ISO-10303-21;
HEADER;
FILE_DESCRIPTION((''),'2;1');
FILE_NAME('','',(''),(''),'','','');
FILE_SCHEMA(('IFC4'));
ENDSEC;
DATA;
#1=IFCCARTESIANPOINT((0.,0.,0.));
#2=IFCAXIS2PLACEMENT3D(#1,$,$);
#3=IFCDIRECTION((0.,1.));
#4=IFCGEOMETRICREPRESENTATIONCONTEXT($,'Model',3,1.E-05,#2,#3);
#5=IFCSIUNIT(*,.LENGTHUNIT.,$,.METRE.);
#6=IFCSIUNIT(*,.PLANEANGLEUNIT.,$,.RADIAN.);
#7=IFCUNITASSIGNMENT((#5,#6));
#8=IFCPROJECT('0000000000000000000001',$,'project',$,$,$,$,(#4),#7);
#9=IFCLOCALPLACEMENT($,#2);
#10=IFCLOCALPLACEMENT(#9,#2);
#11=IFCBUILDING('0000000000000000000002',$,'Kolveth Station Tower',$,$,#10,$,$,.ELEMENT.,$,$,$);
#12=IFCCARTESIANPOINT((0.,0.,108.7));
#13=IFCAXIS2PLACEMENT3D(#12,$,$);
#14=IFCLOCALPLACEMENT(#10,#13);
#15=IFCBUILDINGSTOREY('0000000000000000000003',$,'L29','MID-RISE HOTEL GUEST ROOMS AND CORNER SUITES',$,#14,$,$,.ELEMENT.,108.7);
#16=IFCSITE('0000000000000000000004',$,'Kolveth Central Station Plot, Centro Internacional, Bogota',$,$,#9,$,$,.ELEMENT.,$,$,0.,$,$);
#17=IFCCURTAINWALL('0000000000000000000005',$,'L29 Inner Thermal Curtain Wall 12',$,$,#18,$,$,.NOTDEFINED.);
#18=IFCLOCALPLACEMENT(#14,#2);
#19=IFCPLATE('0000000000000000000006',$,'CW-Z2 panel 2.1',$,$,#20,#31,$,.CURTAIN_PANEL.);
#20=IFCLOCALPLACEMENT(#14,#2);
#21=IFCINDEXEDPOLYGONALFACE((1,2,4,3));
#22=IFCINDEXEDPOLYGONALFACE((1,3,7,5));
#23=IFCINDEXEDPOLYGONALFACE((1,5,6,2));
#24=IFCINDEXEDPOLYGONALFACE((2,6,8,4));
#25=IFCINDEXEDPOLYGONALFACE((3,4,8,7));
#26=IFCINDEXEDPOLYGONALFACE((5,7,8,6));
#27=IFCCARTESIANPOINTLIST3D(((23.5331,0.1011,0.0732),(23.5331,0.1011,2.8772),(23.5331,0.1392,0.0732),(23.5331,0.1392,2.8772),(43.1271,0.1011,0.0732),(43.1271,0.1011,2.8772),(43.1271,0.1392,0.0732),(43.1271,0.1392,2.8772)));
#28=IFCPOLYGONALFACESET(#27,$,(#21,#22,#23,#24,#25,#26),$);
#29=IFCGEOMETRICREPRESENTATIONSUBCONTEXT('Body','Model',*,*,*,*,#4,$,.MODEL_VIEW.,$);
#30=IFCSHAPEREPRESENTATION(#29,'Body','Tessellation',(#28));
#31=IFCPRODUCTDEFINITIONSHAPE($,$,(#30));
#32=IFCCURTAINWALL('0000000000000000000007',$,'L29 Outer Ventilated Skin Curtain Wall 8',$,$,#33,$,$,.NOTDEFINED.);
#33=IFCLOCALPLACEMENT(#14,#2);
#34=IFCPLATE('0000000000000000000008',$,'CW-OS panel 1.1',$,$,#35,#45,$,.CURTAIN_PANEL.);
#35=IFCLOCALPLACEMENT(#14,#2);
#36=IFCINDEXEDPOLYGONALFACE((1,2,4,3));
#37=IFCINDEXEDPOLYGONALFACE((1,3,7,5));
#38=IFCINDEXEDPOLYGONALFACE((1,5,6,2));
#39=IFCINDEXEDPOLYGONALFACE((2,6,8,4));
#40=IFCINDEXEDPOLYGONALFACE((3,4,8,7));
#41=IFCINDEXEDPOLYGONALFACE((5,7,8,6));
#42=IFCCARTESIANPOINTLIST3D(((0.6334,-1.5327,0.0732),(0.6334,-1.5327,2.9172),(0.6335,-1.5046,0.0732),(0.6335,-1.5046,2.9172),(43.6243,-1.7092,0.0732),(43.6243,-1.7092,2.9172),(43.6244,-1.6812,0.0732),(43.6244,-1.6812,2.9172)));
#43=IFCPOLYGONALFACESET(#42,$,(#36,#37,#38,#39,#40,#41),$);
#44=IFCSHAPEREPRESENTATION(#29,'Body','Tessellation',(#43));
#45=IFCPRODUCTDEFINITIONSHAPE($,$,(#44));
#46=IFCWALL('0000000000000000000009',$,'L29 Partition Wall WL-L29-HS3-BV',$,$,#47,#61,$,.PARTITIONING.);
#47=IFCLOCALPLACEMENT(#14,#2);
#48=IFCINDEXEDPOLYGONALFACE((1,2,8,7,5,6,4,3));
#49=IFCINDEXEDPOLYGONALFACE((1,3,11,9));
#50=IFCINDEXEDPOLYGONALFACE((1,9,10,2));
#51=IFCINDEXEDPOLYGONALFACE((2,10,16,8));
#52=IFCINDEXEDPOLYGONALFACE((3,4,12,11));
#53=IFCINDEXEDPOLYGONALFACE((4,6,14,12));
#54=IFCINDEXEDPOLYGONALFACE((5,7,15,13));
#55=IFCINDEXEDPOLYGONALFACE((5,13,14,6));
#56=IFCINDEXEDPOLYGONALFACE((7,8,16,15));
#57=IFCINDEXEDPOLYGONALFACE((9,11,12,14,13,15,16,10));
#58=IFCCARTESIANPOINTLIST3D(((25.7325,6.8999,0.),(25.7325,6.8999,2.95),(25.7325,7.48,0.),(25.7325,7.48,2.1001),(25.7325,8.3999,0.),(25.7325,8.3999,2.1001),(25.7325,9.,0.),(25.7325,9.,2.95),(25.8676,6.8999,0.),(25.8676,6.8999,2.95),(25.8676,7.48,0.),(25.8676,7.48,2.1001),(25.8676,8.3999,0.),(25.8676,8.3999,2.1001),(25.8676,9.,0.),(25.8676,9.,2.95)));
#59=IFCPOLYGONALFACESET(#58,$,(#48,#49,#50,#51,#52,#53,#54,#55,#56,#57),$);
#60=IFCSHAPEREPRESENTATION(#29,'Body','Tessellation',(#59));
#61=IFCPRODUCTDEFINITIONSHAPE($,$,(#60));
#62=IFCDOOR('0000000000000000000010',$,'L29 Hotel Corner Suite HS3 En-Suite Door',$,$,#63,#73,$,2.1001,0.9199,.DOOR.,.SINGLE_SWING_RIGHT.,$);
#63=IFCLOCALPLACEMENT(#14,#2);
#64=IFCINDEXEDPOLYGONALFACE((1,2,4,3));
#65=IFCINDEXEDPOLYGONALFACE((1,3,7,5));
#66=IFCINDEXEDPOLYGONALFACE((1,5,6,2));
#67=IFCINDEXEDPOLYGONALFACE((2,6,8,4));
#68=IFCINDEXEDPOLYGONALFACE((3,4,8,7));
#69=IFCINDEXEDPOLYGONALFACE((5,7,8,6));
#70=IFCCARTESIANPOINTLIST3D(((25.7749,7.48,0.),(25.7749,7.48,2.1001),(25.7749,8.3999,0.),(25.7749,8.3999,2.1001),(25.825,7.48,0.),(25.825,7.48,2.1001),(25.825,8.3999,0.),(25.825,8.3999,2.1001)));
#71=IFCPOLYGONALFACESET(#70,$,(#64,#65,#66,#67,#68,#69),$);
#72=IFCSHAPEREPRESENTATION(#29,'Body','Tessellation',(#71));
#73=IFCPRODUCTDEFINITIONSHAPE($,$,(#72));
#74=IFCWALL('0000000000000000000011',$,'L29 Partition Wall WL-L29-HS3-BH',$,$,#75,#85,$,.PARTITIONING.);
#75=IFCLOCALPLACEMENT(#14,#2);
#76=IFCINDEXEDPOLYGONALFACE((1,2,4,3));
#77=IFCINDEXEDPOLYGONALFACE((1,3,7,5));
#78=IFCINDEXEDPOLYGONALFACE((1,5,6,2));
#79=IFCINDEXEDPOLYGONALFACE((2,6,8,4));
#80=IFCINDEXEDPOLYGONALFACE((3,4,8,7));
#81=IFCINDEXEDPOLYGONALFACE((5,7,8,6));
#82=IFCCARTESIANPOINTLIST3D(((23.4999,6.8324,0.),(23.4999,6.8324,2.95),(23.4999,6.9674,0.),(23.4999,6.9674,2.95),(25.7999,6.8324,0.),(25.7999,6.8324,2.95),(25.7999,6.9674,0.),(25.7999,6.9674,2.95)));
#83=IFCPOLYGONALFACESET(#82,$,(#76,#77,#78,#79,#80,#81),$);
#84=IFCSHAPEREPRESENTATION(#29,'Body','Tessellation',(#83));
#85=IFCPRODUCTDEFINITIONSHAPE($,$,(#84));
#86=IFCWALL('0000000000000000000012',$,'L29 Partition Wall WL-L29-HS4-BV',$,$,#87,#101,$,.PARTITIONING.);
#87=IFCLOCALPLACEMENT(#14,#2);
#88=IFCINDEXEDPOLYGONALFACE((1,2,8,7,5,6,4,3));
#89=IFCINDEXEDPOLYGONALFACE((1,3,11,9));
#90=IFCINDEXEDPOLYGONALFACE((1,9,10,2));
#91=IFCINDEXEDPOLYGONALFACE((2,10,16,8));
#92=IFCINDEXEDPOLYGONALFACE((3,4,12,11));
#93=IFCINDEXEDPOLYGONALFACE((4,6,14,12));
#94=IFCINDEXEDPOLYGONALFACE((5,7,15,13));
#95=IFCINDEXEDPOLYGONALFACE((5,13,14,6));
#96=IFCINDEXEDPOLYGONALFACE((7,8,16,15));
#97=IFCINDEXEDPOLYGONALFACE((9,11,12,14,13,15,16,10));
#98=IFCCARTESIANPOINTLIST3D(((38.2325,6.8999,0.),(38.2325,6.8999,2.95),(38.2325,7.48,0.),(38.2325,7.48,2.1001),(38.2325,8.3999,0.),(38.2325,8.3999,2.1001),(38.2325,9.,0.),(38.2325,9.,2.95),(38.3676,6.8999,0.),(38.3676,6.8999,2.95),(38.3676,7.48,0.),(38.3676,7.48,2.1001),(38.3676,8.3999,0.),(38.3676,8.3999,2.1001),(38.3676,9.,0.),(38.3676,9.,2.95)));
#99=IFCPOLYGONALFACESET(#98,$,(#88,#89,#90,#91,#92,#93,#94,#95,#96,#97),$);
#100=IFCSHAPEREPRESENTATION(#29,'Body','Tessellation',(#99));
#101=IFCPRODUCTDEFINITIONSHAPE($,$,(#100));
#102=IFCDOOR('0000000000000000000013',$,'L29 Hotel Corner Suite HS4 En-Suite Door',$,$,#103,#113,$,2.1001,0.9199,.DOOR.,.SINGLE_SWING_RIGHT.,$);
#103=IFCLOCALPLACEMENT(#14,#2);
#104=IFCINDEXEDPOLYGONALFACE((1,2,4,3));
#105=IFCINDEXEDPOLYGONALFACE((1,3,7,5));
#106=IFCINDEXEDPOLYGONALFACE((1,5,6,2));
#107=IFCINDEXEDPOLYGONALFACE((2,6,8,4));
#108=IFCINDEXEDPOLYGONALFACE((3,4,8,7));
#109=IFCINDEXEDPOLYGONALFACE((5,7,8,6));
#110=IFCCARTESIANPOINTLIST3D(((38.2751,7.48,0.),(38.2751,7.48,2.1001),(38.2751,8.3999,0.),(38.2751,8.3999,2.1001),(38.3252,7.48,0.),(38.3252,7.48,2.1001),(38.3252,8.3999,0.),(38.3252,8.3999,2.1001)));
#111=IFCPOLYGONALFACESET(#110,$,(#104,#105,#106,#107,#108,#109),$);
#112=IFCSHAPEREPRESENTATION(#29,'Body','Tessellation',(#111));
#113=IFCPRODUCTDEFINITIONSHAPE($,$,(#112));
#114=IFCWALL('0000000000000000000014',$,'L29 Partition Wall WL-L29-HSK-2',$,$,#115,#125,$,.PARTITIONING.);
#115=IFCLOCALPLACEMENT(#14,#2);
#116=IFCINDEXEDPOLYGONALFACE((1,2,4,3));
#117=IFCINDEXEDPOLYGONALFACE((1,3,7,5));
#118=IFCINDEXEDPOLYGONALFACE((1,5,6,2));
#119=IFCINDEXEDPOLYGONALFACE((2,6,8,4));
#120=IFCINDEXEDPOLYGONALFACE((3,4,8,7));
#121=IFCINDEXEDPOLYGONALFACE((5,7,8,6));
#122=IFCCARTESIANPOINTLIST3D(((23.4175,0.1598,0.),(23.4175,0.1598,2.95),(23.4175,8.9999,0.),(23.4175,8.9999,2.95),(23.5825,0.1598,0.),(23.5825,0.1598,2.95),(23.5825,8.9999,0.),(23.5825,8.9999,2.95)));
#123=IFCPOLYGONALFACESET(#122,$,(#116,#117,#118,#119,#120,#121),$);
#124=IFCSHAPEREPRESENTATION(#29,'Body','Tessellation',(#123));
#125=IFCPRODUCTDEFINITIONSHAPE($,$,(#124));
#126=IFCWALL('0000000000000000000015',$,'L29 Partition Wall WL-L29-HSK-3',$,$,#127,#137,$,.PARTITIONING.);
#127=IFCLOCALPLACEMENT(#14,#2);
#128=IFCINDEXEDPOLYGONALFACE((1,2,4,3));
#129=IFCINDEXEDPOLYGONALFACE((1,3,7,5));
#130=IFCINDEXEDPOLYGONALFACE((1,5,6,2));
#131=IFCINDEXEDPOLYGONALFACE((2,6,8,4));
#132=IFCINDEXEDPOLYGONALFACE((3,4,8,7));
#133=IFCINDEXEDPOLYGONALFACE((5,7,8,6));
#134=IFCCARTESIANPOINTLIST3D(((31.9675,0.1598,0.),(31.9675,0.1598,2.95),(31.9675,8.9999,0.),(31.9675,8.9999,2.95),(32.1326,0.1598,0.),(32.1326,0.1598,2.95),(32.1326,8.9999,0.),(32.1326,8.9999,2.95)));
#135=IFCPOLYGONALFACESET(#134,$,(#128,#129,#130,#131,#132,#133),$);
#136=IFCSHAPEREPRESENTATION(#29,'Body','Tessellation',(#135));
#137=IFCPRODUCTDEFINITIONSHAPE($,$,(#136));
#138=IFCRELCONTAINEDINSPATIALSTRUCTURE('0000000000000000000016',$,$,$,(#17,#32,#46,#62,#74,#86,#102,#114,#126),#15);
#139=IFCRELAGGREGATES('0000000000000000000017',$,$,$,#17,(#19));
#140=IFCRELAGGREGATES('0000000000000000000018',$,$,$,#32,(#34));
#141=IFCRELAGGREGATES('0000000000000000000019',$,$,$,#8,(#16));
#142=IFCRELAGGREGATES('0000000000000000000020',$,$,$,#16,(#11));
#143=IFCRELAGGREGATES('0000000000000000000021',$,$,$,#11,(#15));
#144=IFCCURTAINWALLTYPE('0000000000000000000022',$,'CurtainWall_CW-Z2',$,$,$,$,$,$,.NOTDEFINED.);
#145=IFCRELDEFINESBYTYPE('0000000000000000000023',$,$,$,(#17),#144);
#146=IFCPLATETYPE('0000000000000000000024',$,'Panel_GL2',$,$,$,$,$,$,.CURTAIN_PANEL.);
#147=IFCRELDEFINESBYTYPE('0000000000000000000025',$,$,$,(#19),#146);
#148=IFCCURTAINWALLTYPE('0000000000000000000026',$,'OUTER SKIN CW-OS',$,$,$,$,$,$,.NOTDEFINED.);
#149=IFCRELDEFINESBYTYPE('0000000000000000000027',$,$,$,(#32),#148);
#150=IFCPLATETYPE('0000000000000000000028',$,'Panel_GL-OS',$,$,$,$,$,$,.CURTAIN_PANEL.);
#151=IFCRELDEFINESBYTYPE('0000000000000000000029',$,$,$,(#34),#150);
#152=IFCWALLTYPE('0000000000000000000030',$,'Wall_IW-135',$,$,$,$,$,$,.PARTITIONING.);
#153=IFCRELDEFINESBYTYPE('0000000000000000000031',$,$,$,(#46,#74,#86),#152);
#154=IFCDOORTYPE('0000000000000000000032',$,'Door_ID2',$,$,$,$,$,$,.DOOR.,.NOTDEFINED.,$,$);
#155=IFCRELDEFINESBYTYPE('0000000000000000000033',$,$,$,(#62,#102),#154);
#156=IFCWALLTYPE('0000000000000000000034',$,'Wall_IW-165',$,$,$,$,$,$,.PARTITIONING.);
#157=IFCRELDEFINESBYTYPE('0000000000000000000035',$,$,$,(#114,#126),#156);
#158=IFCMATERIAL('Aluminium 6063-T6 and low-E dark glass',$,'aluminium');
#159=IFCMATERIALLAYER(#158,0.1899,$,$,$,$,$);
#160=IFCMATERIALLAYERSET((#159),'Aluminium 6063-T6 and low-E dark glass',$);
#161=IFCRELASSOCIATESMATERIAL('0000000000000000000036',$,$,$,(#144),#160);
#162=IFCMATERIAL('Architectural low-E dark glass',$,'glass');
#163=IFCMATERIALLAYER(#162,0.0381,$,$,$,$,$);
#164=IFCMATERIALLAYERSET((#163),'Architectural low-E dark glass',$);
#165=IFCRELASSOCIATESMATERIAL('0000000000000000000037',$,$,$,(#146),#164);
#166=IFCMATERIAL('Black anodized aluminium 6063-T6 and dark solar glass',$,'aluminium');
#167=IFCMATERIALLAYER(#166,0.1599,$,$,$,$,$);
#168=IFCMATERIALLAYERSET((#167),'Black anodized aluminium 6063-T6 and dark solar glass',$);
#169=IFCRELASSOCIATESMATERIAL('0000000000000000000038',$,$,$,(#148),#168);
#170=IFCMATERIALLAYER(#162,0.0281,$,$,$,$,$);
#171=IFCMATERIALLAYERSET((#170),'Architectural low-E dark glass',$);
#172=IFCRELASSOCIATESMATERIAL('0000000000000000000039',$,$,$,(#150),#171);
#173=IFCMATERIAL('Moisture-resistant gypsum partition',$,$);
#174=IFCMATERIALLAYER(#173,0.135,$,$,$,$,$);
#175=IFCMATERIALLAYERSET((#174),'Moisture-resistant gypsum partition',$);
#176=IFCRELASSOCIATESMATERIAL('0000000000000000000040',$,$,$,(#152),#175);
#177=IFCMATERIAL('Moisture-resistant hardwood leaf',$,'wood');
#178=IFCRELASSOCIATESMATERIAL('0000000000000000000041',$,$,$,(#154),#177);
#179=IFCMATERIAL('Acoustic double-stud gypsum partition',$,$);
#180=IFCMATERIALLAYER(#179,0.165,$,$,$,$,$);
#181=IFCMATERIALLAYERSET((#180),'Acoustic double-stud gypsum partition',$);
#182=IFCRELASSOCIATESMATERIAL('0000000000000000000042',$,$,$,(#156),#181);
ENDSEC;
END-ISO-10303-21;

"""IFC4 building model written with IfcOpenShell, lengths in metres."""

from ifc_helpers import new_model, si_unit, direction, frame, frame_2d, origin, origin_2d, place, context, subcontext, project, spatial, rectangle, extrude, source, transform, mapped, material, layer, layer_set, type_object, element, fill, aggregate, save


model = new_model("IFC4")

# Units and contexts
model_context = context("Model", 3, precision=1e-05, world=origin(), true_north=direction((0.0, 1.0)))
body_context = subcontext(model_context, "Body", "Model", "MODEL_VIEW")
ifc_project = project(units=[si_unit("LENGTHUNIT", "METRE"), si_unit("PLANEANGLEUNIT", "RADIAN")], contexts=[model_context])

# Site, building, storey
site_placement = place(None, origin())
site = spatial("IfcSite", under=ifc_project, at=site_placement, Name="Kolveth Central Station Plot, Centro Internacional, Bogota", CompositionType="ELEMENT", RefElevation=0.0)
building_placement = place(site_placement, origin())
building = spatial("IfcBuilding", under=site, at=building_placement, Name="Kolveth Station Tower", CompositionType="ELEMENT")
storey_placement = place(building_placement, frame((0.0, 0.0, 108.7)))
storey = spatial("IfcBuildingStorey", under=building, at=storey_placement, Name="L29", Description="MID-RISE HOTEL GUEST ROOMS AND CORNER SUITES", CompositionType="ELEMENT", Elevation=108.7)

# Curtain wall, plate
ifc_material_1 = material(Name="Aluminium 6063-T6 and low-E dark glass", Category="aluminium")
ifc_layer_1 = layer(ifc_material_1, 0.1899)
ifc_layer_set_1 = layer_set([ifc_layer_1], Name="Aluminium 6063-T6 and low-E dark glass")
curtain_wall_type_1 = type_object("IfcCurtainWallType", Name="CurtainWall_CW-Z2", PredefinedType="NOTDEFINED", material=ifc_layer_set_1)
curtain_wall_1_placement = place(storey_placement, origin())
curtain_wall_1 = element("IfcCurtainWall", 1, at=curtain_wall_1_placement, inside=storey, type_object=curtain_wall_type_1, Name="L29 Inner Thermal Curtain Wall 12", PredefinedType="NOTDEFINED")
ifc_material_2 = material(Name="Architectural low-E dark glass", Category="glass")
ifc_layer_2 = layer(ifc_material_2, 0.0381)
ifc_layer_set_2 = layer_set([ifc_layer_2], Name="Architectural low-E dark glass")
plate_type_1 = type_object("IfcPlateType", Name="Panel_GL2", PredefinedType="CURTAIN_PANEL", material=ifc_layer_set_2)
shared_shape_1 = source(origin(), body_context, "Body", "SweptSolid", [
    extrude(rectangle(XDim=19.594, YDim=0.0381, at=origin_2d()), origin(), (0.0, 0.0, 1.0), 2.804),
])
plate_1_placement = place(storey_placement, frame((33.3301, 0.1201, 0.0732), z_axis=(0.0, 0.0, 1.0), x_axis=(1.0, 0.0, 0.0)))
plate_1 = element("IfcPlate", 2, at=plate_1_placement, type_object=plate_type_1, Name="CW-Z2 panel 2.1", PredefinedType="CURTAIN_PANEL", context=body_context, shape_type="MappedRepresentation", body=[
    mapped(shared_shape_1, transform((0.0, 0.0, 0.0), x_axis=(1.0, 0.0, 0.0), y_axis=(0.0, 1.0, 0.0), z_axis=(0.0, 0.0, 1.0), scale=1.0)),
])
aggregate(curtain_wall_1, [plate_1])

# Curtain wall, plate
ifc_material_3 = material(Name="Black anodized aluminium 6063-T6 and dark solar glass", Category="aluminium")
ifc_layer_3 = layer(ifc_material_3, 0.1599)
ifc_layer_set_3 = layer_set([ifc_layer_3], Name="Black anodized aluminium 6063-T6 and dark solar glass")
curtain_wall_type_2 = type_object("IfcCurtainWallType", Name="OUTER SKIN CW-OS", PredefinedType="NOTDEFINED", material=ifc_layer_set_3)
curtain_wall_2_placement = place(storey_placement, origin())
curtain_wall_2 = element("IfcCurtainWall", 3, at=curtain_wall_2_placement, inside=storey, type_object=curtain_wall_type_2, Name="L29 Outer Ventilated Skin Curtain Wall 8", PredefinedType="NOTDEFINED")
ifc_layer_4 = layer(ifc_material_2, 0.0281)
ifc_layer_set_4 = layer_set([ifc_layer_4], Name="Architectural low-E dark glass")
plate_type_2 = type_object("IfcPlateType", Name="Panel_GL-OS", PredefinedType="CURTAIN_PANEL", material=ifc_layer_set_4)
shared_shape_2 = source(origin(), body_context, "Body", "SweptSolid", [
    extrude(rectangle(XDim=42.9912, YDim=0.0281, at=origin_2d()), origin(), (0.0, 0.0, 1.0), 2.844),
])
plate_2_placement = place(storey_placement, frame((22.1289, -1.6069, 0.0732), z_axis=(0.0, 0.0, 1.0), x_axis=(0.999992, -0.004106, 0.0)))
plate_2 = element("IfcPlate", 4, at=plate_2_placement, type_object=plate_type_2, Name="CW-OS panel 1.1", PredefinedType="CURTAIN_PANEL", context=body_context, shape_type="MappedRepresentation", body=[
    mapped(shared_shape_2, transform((0.0, 0.0, 0.0), x_axis=(1.0, 0.0, 0.0), y_axis=(0.0, 1.0, 0.0), z_axis=(0.0, 0.0, 1.0), scale=1.0)),
])
aggregate(curtain_wall_2, [plate_2])

# Wall, opening, door
ifc_material_4 = material(Name="Moisture-resistant gypsum partition")
ifc_layer_5 = layer(ifc_material_4, 0.135)
ifc_layer_set_5 = layer_set([ifc_layer_5], Name="Moisture-resistant gypsum partition")
wall_type_1 = type_object("IfcWallType", Name="Wall_IW-135", PredefinedType="PARTITIONING", material=ifc_layer_set_5)
wall_1_placement = place(storey_placement, frame((25.8, 6.8999, 0.0), z_axis=(0.0, 0.0, 1.0), x_axis=(0.0, 1.0, 0.0)))
wall_1 = element("IfcWall", 5, at=wall_1_placement, inside=storey, type_object=wall_type_1, Name="L29 Partition Wall WL-L29-HS3-BV", PredefinedType="PARTITIONING", context=body_context, shape_type="SweptSolid", body=[
    extrude(rectangle(XDim=2.1001, YDim=0.135, at=frame_2d((1.05, 0.0))), origin(), (0.0, 0.0, 1.0), 2.95),
])
opening_1_placement = place(wall_1_placement, frame((0.5801, 0.0, 0.0)))
opening_1 = element("IfcOpeningElement", 6, at=opening_1_placement, cuts=wall_1, PredefinedType="OPENING", context=body_context, shape_type="SweptSolid", body=[
    extrude(rectangle(XDim=0.9199, YDim=2.1001, at=frame_2d((0.46, 1.05))), frame((0.0, 0.0774, 0.0), z_axis=(0.0, -1.0, 0.0), x_axis=(1.0, 0.0, 0.0)), (0.0, 0.0, 1.0), 0.155),
])
ifc_material_5 = material(Name="Moisture-resistant hardwood leaf", Category="wood")
door_type = type_object("IfcDoorType", Name="Door_ID2", OperationType="NOTDEFINED", PredefinedType="DOOR", material=ifc_material_5)
door_1_placement = place(opening_1_placement, frame((0.9199, 0.0, 0.0), z_axis=(0.0, 0.0, 1.0), x_axis=(-1.0, 0.0, 0.0)))
door_1 = element("IfcDoor", 7, at=door_1_placement, inside=storey, type_object=door_type, Name="L29 Hotel Corner Suite HS3 En-Suite Door", OperationType="SINGLE_SWING_RIGHT", OverallHeight=2.1001, OverallWidth=0.9199, PredefinedType="DOOR", context=body_context, shape_type="SweptSolid", body=[
    extrude(rectangle(XDim=0.9199, YDim=2.1001, at=frame_2d((0.46, 1.05))), frame((0.0, 0.0249, 0.0), z_axis=(0.0, -1.0, 0.0), x_axis=(1.0, 0.0, 0.0)), (0.0, 0.0, 1.0), 0.05),
])
fill(opening_1, door_1)

# Wall
wall_2_placement = place(storey_placement, frame((23.5, 6.8999, 0.0), z_axis=(0.0, 0.0, 1.0), x_axis=(1.0, 0.0, 0.0)))
element("IfcWall", 8, at=wall_2_placement, inside=storey, type_object=wall_type_1, Name="L29 Partition Wall WL-L29-HS3-BH", PredefinedType="PARTITIONING", context=body_context, shape_type="SweptSolid", body=[
    extrude(rectangle(XDim=2.3, YDim=0.135, at=frame_2d((1.1499, 0.0))), origin(), (0.0, 0.0, 1.0), 2.95),
])

# Wall, opening, door
wall_3_placement = place(storey_placement, frame((38.3, 6.8999, 0.0), z_axis=(0.0, 0.0, 1.0), x_axis=(0.0, 1.0, 0.0)))
wall_3 = element("IfcWall", 9, at=wall_3_placement, inside=storey, type_object=wall_type_1, Name="L29 Partition Wall WL-L29-HS4-BV", PredefinedType="PARTITIONING", context=body_context, shape_type="SweptSolid", body=[
    extrude(rectangle(XDim=2.1001, YDim=0.135, at=frame_2d((1.05, 0.0))), origin(), (0.0, 0.0, 1.0), 2.95),
])
opening_2_placement = place(wall_3_placement, frame((0.5801, 0.0, 0.0)))
opening_2 = element("IfcOpeningElement", 10, at=opening_2_placement, cuts=wall_3, PredefinedType="OPENING", context=body_context, shape_type="SweptSolid", body=[
    extrude(rectangle(XDim=0.9199, YDim=2.1001, at=frame_2d((0.46, 1.05))), frame((0.0, 0.0774, 0.0), z_axis=(0.0, -1.0, 0.0), x_axis=(1.0, 0.0, 0.0)), (0.0, 0.0, 1.0), 0.155),
])
door_2_placement = place(opening_2_placement, origin())
door_2 = element("IfcDoor", 11, at=door_2_placement, inside=storey, type_object=door_type, Name="L29 Hotel Corner Suite HS4 En-Suite Door", OperationType="SINGLE_SWING_RIGHT", OverallHeight=2.1001, OverallWidth=0.9199, PredefinedType="DOOR", context=body_context, shape_type="SweptSolid", body=[
    extrude(rectangle(XDim=0.9199, YDim=2.1001, at=frame_2d((0.46, 1.05))), frame((0.0, 0.0249, 0.0), z_axis=(0.0, -1.0, 0.0), x_axis=(1.0, 0.0, 0.0)), (0.0, 0.0, 1.0), 0.05),
])
fill(opening_2, door_2)

# Walls
ifc_material_6 = material(Name="Acoustic double-stud gypsum partition")
ifc_layer_6 = layer(ifc_material_6, 0.165)
ifc_layer_set_6 = layer_set([ifc_layer_6], Name="Acoustic double-stud gypsum partition")
wall_type_2 = type_object("IfcWallType", Name="Wall_IW-165", PredefinedType="PARTITIONING", material=ifc_layer_set_6)
for number, where, z_axis, x_axis, name in (
    (12, (23.5, 0.1599, 0.0), (0.0, 0.0, 1.0), (0.0, 1.0, 0.0), "L29 Partition Wall WL-L29-HSK-2"),
    (13, (32.05, 0.1599, 0.0), (0.0, 0.0, 1.0), (0.0, 1.0, 0.0), "L29 Partition Wall WL-L29-HSK-3"),
):
    element("IfcWall", number, at=place(storey_placement, frame(where, z_axis=z_axis, x_axis=x_axis)), inside=storey, type_object=wall_type_2, Name=name, PredefinedType="PARTITIONING", context=body_context, shape_type="SweptSolid", body=[
        extrude(rectangle(XDim=8.8401, YDim=0.165, at=frame_2d((4.4199, 0.0))), origin(), (0.0, 0.0, 1.0), 2.95),
    ])

save(model, "model.ifc")
